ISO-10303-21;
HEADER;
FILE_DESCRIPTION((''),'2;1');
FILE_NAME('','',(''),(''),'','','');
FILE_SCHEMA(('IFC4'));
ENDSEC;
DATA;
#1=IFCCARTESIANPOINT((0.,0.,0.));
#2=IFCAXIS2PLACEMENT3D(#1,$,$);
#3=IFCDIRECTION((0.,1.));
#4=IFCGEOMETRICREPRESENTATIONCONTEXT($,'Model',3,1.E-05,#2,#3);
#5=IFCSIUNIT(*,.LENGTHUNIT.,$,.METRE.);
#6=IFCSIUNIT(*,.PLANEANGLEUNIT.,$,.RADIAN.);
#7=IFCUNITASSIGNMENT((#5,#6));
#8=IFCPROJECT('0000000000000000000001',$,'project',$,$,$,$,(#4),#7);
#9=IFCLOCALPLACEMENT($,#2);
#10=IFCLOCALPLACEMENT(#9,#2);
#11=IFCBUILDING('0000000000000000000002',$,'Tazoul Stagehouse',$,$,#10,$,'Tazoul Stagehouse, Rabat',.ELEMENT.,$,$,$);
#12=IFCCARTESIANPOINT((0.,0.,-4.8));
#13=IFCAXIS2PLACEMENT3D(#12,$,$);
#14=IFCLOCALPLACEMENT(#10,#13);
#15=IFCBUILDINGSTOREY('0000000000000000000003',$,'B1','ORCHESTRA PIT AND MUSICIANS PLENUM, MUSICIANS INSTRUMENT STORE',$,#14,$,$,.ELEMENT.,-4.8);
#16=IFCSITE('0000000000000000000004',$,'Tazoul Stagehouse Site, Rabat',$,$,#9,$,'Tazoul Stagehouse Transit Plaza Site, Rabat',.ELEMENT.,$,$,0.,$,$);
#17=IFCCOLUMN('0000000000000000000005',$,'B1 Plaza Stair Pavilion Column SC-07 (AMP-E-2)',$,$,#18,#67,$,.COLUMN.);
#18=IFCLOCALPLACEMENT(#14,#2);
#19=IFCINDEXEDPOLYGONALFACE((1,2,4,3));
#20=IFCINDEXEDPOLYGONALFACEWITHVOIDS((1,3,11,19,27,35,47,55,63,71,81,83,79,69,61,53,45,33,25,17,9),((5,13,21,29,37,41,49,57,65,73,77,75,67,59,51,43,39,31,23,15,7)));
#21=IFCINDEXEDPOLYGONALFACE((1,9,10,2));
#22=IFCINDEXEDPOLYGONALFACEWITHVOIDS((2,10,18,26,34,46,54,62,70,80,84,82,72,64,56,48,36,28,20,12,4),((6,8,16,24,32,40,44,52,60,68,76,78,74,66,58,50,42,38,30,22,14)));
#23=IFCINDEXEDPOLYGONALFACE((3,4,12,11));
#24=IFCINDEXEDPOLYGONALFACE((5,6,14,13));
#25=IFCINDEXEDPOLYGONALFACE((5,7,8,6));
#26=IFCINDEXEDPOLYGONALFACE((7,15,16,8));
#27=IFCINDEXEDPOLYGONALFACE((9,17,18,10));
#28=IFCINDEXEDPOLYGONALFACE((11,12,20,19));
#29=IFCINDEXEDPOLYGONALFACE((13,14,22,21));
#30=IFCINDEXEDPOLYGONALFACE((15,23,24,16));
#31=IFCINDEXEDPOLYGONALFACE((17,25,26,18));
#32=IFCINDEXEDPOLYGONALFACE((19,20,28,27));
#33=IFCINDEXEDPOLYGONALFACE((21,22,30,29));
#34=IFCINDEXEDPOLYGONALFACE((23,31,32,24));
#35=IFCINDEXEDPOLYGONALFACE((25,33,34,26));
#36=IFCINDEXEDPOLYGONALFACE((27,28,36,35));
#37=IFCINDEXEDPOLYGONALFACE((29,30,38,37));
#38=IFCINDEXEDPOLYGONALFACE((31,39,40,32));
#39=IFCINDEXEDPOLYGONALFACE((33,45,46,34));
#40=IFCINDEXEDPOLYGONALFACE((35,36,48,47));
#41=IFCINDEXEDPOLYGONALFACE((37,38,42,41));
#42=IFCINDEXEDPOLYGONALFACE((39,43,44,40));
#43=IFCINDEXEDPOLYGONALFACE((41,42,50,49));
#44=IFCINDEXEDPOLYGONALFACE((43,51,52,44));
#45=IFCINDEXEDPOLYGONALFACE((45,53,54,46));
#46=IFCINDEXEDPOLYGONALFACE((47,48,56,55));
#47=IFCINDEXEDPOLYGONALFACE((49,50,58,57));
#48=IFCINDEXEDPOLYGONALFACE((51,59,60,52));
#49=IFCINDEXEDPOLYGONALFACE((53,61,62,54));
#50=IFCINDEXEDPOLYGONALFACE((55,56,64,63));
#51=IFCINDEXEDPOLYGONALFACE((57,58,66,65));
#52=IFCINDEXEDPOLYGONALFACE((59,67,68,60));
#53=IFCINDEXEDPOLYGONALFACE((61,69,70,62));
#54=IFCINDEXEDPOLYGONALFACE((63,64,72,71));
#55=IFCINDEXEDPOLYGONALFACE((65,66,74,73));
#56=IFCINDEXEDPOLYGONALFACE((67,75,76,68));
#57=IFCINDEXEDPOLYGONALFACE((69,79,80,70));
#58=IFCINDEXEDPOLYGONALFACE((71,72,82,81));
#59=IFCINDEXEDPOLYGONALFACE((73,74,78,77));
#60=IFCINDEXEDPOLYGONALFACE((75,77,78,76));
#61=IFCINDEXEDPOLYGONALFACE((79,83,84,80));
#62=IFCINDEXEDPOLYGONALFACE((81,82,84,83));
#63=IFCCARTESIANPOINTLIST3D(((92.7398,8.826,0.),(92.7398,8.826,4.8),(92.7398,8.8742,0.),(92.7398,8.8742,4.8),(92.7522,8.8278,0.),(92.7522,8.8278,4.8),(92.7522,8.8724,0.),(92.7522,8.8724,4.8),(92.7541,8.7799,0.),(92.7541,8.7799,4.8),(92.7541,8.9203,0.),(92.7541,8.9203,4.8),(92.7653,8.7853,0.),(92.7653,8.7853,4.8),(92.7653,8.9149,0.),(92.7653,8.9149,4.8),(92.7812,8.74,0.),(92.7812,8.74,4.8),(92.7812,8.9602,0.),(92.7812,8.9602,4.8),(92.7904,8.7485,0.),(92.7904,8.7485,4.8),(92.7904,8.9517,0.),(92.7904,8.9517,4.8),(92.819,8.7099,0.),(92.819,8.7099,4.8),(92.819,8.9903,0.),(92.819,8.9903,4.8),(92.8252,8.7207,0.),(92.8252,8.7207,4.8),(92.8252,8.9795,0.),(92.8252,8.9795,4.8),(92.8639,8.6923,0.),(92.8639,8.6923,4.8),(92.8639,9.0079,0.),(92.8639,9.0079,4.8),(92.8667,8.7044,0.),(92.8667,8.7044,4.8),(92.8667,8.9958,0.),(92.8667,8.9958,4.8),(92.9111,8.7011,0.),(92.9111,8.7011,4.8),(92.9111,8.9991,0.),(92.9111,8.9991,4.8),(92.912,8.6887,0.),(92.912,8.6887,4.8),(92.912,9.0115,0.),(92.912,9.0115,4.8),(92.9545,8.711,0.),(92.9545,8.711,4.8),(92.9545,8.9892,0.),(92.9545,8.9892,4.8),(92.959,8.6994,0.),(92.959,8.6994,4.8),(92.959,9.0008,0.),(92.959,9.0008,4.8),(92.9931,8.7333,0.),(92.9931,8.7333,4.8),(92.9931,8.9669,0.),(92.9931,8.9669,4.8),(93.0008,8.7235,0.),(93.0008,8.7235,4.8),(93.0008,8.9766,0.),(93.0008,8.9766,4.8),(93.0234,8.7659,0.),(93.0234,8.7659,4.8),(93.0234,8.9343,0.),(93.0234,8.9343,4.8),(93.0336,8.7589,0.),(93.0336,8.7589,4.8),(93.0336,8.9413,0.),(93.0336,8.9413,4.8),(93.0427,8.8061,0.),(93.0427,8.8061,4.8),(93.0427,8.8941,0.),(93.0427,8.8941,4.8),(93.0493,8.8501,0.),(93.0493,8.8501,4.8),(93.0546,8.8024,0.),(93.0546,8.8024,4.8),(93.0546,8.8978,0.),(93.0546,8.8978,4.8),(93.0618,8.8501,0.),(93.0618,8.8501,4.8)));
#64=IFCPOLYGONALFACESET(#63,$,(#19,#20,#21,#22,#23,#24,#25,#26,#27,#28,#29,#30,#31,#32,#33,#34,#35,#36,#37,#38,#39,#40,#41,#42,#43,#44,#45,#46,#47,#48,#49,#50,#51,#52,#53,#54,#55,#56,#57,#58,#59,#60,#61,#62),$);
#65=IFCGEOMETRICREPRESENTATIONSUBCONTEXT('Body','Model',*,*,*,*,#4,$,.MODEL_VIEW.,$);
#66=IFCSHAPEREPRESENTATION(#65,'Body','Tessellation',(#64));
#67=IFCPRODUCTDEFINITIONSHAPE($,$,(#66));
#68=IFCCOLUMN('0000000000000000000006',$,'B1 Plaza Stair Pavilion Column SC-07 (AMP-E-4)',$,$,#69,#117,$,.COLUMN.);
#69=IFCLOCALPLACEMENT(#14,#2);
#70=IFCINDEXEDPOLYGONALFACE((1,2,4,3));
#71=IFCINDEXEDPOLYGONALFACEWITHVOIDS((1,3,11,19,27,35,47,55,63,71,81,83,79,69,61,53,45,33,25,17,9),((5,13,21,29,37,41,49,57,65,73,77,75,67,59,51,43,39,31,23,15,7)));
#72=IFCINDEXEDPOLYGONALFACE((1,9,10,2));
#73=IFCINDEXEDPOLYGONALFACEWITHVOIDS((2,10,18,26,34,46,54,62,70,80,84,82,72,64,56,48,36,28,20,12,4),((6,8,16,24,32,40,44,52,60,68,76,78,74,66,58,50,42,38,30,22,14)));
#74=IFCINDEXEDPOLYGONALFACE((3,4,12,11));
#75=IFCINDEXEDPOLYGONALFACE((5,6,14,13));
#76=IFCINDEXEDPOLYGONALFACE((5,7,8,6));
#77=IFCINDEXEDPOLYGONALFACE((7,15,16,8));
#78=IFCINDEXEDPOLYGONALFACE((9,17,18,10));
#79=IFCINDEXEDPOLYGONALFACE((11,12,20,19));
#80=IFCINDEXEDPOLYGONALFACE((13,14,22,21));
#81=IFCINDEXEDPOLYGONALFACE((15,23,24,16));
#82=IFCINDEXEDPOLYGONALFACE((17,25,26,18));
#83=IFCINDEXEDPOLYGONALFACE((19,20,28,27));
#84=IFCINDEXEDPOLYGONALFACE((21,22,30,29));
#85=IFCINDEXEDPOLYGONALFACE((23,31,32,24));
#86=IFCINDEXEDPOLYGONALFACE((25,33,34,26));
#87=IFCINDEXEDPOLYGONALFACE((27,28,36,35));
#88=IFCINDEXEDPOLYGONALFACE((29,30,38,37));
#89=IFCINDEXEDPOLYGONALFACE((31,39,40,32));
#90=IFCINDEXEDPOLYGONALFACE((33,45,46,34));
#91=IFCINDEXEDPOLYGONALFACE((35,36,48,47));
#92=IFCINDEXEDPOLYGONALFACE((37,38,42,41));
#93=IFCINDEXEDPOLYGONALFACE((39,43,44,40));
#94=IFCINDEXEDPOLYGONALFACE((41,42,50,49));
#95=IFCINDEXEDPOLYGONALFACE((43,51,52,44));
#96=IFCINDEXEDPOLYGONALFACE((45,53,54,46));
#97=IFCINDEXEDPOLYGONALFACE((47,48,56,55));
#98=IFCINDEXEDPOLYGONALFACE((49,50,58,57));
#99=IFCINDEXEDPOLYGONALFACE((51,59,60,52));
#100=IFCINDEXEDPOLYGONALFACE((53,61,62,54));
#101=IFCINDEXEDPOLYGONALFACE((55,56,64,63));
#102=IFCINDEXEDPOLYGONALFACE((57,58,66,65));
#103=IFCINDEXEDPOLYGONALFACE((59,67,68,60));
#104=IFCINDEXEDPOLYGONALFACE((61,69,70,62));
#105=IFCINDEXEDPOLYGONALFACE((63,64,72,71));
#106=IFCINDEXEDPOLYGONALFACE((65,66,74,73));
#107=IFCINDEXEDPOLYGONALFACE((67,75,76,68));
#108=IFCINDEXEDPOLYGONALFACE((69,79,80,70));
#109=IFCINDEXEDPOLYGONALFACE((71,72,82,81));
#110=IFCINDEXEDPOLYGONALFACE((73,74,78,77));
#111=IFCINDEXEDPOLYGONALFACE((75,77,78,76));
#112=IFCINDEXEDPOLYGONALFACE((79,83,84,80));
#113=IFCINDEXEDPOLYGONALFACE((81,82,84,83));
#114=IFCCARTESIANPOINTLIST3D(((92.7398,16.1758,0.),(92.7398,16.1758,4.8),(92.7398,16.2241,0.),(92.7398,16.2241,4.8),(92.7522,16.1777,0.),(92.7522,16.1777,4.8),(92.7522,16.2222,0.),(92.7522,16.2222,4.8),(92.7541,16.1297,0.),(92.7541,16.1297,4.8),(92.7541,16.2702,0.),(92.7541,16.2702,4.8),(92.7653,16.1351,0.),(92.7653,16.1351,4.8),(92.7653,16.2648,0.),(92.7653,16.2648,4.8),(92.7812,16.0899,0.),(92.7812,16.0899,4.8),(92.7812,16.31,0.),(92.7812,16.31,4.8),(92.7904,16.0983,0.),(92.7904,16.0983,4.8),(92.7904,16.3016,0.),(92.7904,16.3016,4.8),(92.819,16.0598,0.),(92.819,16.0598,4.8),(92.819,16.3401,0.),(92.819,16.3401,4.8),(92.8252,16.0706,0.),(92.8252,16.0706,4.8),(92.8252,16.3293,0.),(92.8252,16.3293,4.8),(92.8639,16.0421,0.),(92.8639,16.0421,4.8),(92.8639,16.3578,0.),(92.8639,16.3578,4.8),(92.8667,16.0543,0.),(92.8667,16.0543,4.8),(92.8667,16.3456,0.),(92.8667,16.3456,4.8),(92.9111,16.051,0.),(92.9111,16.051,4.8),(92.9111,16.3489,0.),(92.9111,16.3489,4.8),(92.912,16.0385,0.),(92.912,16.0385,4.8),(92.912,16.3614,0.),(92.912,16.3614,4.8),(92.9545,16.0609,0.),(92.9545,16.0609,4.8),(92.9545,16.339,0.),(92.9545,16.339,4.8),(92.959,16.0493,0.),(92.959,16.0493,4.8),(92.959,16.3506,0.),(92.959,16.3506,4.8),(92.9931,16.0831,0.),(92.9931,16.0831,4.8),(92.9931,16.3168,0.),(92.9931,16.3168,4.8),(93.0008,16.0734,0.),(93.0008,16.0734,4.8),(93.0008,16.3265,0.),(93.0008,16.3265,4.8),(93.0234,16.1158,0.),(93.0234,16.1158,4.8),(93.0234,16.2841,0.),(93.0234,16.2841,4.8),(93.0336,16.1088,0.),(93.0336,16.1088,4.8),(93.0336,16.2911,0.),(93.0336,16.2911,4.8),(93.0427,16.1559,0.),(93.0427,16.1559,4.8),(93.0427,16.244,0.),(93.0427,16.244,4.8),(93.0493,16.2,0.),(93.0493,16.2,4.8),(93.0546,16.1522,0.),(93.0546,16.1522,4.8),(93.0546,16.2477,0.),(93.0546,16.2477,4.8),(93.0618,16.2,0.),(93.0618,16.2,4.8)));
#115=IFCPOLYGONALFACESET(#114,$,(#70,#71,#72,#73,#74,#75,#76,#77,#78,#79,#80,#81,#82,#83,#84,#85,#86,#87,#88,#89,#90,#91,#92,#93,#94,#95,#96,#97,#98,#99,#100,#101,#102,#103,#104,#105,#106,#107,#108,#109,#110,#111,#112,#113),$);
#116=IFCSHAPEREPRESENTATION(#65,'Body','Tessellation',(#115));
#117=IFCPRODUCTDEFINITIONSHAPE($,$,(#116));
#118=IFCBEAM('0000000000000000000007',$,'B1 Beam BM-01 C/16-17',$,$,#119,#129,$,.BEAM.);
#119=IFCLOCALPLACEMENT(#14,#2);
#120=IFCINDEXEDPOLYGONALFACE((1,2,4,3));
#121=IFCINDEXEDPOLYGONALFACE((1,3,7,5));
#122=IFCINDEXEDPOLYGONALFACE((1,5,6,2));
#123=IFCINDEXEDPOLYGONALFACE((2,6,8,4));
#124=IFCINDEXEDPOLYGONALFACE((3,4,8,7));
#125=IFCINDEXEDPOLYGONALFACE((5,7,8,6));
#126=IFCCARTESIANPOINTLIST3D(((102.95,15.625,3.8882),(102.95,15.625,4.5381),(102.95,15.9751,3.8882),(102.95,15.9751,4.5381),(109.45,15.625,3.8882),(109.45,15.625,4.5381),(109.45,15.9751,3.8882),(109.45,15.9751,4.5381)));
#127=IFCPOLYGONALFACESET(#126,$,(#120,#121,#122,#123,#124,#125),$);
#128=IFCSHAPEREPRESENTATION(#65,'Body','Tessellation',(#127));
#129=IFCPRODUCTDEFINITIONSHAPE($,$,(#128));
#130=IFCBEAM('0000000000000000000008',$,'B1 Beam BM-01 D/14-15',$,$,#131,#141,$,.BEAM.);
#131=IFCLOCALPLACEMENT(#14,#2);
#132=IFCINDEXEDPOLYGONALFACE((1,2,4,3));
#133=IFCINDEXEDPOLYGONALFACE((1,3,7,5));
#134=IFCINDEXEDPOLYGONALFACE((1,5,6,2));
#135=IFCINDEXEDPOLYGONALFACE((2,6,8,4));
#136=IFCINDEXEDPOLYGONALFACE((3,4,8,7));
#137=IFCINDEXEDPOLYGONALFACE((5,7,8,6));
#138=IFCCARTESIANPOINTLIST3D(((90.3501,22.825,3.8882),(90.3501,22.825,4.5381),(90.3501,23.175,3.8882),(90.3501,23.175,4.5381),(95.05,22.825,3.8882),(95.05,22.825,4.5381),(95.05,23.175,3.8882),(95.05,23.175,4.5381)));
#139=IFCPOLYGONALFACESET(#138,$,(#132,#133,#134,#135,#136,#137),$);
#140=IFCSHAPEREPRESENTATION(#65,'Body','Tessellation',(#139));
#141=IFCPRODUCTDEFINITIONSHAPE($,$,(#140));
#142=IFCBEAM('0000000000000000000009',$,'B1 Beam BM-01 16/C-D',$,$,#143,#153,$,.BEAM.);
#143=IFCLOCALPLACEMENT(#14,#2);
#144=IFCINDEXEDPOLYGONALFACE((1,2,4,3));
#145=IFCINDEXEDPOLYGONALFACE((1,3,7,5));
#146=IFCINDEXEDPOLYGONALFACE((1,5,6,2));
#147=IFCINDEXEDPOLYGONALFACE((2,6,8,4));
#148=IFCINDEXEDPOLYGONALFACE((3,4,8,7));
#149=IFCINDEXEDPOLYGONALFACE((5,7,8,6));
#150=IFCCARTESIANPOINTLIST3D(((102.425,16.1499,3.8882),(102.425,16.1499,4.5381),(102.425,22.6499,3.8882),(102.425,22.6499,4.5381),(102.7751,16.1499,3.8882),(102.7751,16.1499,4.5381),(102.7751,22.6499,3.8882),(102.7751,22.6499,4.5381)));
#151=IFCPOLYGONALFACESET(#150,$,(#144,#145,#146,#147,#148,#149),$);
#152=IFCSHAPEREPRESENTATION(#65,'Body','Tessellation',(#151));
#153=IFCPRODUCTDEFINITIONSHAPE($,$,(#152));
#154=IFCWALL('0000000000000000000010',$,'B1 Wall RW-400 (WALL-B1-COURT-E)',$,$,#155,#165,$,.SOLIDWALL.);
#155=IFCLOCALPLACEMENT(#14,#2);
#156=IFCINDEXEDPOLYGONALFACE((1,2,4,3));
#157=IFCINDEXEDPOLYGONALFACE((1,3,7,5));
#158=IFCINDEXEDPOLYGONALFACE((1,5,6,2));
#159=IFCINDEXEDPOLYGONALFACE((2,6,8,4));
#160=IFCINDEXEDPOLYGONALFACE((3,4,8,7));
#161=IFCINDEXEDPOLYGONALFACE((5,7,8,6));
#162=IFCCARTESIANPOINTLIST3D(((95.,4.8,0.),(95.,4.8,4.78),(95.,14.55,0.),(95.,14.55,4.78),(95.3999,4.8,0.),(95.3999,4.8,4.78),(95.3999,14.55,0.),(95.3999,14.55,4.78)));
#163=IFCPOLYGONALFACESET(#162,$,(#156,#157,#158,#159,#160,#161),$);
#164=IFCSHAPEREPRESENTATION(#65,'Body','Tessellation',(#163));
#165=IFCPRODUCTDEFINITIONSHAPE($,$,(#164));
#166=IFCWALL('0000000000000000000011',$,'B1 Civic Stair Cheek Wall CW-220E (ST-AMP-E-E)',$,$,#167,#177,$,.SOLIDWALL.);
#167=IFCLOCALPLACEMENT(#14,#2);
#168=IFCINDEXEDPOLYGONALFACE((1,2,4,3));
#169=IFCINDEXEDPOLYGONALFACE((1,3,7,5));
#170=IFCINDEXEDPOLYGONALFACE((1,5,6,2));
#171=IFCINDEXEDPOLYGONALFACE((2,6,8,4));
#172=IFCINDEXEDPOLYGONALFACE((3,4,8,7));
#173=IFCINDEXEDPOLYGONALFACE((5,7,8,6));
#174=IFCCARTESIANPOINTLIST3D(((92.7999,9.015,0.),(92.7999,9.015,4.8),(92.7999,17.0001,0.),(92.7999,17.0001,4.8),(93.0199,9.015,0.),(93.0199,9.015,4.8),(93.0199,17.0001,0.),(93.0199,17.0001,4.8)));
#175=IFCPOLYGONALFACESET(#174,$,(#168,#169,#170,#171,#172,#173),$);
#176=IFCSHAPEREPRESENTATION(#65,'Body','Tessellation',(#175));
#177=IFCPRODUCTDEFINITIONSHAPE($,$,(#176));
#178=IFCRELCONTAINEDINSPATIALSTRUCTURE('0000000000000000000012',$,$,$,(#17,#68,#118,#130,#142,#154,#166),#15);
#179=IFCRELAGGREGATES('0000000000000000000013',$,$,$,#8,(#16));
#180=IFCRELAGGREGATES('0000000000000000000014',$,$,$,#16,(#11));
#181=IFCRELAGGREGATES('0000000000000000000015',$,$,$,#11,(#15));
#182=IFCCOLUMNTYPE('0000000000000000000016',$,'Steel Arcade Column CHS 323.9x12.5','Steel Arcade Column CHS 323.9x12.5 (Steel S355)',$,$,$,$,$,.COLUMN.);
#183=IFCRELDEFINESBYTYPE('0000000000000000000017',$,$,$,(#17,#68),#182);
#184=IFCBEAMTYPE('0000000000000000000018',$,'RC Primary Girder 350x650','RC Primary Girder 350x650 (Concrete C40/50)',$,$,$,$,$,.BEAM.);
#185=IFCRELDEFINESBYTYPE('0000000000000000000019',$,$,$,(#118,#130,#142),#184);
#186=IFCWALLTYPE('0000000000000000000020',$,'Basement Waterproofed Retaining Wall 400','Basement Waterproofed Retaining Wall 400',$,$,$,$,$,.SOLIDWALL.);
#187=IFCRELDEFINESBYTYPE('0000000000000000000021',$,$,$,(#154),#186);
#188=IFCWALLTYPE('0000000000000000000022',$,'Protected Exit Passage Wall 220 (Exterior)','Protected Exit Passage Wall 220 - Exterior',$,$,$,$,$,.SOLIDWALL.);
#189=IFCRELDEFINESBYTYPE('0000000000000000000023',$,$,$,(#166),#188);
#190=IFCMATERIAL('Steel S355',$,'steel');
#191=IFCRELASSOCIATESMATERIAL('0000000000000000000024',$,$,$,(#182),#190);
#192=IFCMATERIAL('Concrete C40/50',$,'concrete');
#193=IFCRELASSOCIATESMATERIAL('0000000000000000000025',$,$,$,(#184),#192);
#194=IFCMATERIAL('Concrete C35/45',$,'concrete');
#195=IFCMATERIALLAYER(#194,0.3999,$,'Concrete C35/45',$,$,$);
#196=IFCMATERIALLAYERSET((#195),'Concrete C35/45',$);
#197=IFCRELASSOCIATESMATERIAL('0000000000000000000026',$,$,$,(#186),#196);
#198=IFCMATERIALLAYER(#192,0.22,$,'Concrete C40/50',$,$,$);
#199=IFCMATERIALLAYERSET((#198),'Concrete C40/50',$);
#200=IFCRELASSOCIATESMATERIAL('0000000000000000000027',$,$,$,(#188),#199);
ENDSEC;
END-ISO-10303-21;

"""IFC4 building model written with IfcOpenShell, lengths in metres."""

from ifc_helpers import new_model, si_unit, direction, frame, frame_2d, origin, origin_2d, place, context, subcontext, project, spatial, rectangle, hollow_circle, extrude, material, layer, layer_set, material_profile, profile_set, type_object, element, save


model = new_model("IFC4")

# Units and contexts
model_context = context("Model", 3, precision=1e-05, world=origin(), true_north=direction((0.0, 1.0)))
body_context = subcontext(model_context, "Body", "Model", "MODEL_VIEW")
ifc_project = project(units=[si_unit("LENGTHUNIT", "METRE"), si_unit("PLANEANGLEUNIT", "RADIAN")], contexts=[model_context])

# Site, building, storey
site_placement = place(None, origin())
site = spatial("IfcSite", under=ifc_project, at=site_placement, Name="Tazoul Stagehouse Site, Rabat", LongName="Tazoul Stagehouse Transit Plaza Site, Rabat", CompositionType="ELEMENT", RefElevation=0.0)
building_placement = place(site_placement, origin())
building = spatial("IfcBuilding", under=site, at=building_placement, Name="Tazoul Stagehouse", LongName="Tazoul Stagehouse, Rabat", CompositionType="ELEMENT")
storey_placement = place(building_placement, frame((0.0, 0.0, -4.8)))
storey = spatial("IfcBuildingStorey", under=building, at=storey_placement, Name="B1", Description="ORCHESTRA PIT AND MUSICIANS PLENUM, MUSICIANS INSTRUMENT STORE", CompositionType="ELEMENT", Elevation=-4.8)

# Shared definitions
ifc_material_1 = material(Name="Concrete C35/45", Category="concrete")

# Columns
ifc_material_2 = material(Name="Concrete C40/50", Category="concrete")
ifc_material_3 = material(Name="Steel S355", Category="steel")
ifc_material_profile_1 = material_profile(ifc_material_3, hollow_circle(Radius=0.1619, WallThickness=0.0125, at=origin_2d()), Name="CHS 323.9x12.5")
ifc_profile_set_1 = profile_set([ifc_material_profile_1], Name="Steel S355")
column_type_1 = type_object("IfcColumnType", Name="Steel Arcade Column CHS 323.9x12.5", Description="Steel Arcade Column CHS 323.9x12.5 (Steel S355)", PredefinedType="COLUMN", material=ifc_profile_set_1)
for number, where, z_axis, x_axis, name in (
    (1, (92.8999, 8.8501, 0.0), (0.0, 0.0, 1.0), (1.0, 0.0, 0.0), "B1 Plaza Stair Pavilion Column SC-07 (AMP-E-2)"),
    (2, (92.8999, 16.2, 0.0), (0.0, 0.0, 1.0), (1.0, 0.0, 0.0), "B1 Plaza Stair Pavilion Column SC-07 (AMP-E-4)"),
):
    element("IfcColumn", number, at=place(storey_placement, frame(where, z_axis=z_axis, x_axis=x_axis)), inside=storey, type_object=column_type_1, Name=name, PredefinedType="COLUMN", context=body_context, shape_type="SweptSolid", body=[
        extrude(hollow_circle(Radius=0.1619, WallThickness=0.0125, at=origin_2d()), origin(), (0.0, 0.0, 1.0), 4.8),
    ])

# Beams
ifc_material_profile_2 = material_profile(ifc_material_2, rectangle(XDim=0.3501, YDim=0.6499, at=origin_2d()), Name="RC 350x650")
ifc_profile_set_2 = profile_set([ifc_material_profile_2], Name="Concrete C40/50")
beam_type = type_object("IfcBeamType", Name="RC Primary Girder 350x650", Description="RC Primary Girder 350x650 (Concrete C40/50)", PredefinedType="BEAM", material=ifc_profile_set_2)
beam_1_placement = place(storey_placement, frame((102.95, 15.8, 4.2131), z_axis=(1.0, 0.0, 0.0), x_axis=(0.0, 1.0, 0.0)))
element("IfcBeam", 3, at=beam_1_placement, inside=storey, type_object=beam_type, Name="B1 Beam BM-01 C/16-17", PredefinedType="BEAM", context=body_context, shape_type="SweptSolid", body=[
    extrude(rectangle(XDim=0.3501, YDim=0.6499, at=origin_2d()), origin(), (0.0, 0.0, 1.0), 6.5),
])
beam_2_placement = place(storey_placement, frame((90.3501, 23.0, 4.2131), z_axis=(1.0, 0.0, 0.0), x_axis=(0.0, 1.0, 0.0)))
element("IfcBeam", 4, at=beam_2_placement, inside=storey, type_object=beam_type, Name="B1 Beam BM-01 D/14-15", PredefinedType="BEAM", context=body_context, shape_type="SweptSolid", body=[
    extrude(rectangle(XDim=0.3501, YDim=0.6499, at=origin_2d()), origin(), (0.0, 0.0, 1.0), 4.7),
])
beam_3_placement = place(storey_placement, frame((102.6001, 16.1499, 4.2131), z_axis=(0.0, 1.0, 0.0), x_axis=(-1.0, 0.0, 0.0)))
element("IfcBeam", 5, at=beam_3_placement, inside=storey, type_object=beam_type, Name="B1 Beam BM-01 16/C-D", PredefinedType="BEAM", context=body_context, shape_type="SweptSolid", body=[
    extrude(rectangle(XDim=0.3501, YDim=0.6499, at=origin_2d()), origin(), (0.0, 0.0, 1.0), 6.5),
])

# Walls
ifc_layer_1 = layer(ifc_material_1, 0.3999, Name="Concrete C35/45")
ifc_layer_set_1 = layer_set([ifc_layer_1], Name="Concrete C35/45")
wall_type_1 = type_object("IfcWallType", Name="Basement Waterproofed Retaining Wall 400", Description="Basement Waterproofed Retaining Wall 400", PredefinedType="SOLIDWALL", material=ifc_layer_set_1)
wall_1_placement = place(storey_placement, frame((95.2, 4.8, 0.0), z_axis=(0.0, 0.0, 1.0), x_axis=(0.0, 1.0, 0.0)))
element("IfcWall", 6, at=wall_1_placement, inside=storey, type_object=wall_type_1, Name="B1 Wall RW-400 (WALL-B1-COURT-E)", PredefinedType="SOLIDWALL", context=body_context, shape_type="SweptSolid", body=[
    extrude(rectangle(XDim=9.75, YDim=0.3999, at=frame_2d((4.875, 0.0))), origin(), (0.0, 0.0, 1.0), 4.78),
])
ifc_layer_2 = layer(ifc_material_2, 0.22, Name="Concrete C40/50")
ifc_layer_set_2 = layer_set([ifc_layer_2], Name="Concrete C40/50")
wall_type_2 = type_object("IfcWallType", Name="Protected Exit Passage Wall 220 (Exterior)", Description="Protected Exit Passage Wall 220 - Exterior", PredefinedType="SOLIDWALL", material=ifc_layer_set_2)
wall_2_placement = place(storey_placement, frame((92.9099, 9.0149, 0.0), z_axis=(0.0, 0.0, 1.0), x_axis=(0.0, 1.0, 0.0)))
element("IfcWall", 7, at=wall_2_placement, inside=storey, type_object=wall_type_2, Name="B1 Civic Stair Cheek Wall CW-220E (ST-AMP-E-E)", PredefinedType="SOLIDWALL", context=body_context, shape_type="SweptSolid", body=[
    extrude(rectangle(XDim=7.9851, YDim=0.22, at=frame_2d((3.9927, 0.0))), origin(), (0.0, 0.0, 1.0), 4.8),
])

save(model, "model.ifc")
